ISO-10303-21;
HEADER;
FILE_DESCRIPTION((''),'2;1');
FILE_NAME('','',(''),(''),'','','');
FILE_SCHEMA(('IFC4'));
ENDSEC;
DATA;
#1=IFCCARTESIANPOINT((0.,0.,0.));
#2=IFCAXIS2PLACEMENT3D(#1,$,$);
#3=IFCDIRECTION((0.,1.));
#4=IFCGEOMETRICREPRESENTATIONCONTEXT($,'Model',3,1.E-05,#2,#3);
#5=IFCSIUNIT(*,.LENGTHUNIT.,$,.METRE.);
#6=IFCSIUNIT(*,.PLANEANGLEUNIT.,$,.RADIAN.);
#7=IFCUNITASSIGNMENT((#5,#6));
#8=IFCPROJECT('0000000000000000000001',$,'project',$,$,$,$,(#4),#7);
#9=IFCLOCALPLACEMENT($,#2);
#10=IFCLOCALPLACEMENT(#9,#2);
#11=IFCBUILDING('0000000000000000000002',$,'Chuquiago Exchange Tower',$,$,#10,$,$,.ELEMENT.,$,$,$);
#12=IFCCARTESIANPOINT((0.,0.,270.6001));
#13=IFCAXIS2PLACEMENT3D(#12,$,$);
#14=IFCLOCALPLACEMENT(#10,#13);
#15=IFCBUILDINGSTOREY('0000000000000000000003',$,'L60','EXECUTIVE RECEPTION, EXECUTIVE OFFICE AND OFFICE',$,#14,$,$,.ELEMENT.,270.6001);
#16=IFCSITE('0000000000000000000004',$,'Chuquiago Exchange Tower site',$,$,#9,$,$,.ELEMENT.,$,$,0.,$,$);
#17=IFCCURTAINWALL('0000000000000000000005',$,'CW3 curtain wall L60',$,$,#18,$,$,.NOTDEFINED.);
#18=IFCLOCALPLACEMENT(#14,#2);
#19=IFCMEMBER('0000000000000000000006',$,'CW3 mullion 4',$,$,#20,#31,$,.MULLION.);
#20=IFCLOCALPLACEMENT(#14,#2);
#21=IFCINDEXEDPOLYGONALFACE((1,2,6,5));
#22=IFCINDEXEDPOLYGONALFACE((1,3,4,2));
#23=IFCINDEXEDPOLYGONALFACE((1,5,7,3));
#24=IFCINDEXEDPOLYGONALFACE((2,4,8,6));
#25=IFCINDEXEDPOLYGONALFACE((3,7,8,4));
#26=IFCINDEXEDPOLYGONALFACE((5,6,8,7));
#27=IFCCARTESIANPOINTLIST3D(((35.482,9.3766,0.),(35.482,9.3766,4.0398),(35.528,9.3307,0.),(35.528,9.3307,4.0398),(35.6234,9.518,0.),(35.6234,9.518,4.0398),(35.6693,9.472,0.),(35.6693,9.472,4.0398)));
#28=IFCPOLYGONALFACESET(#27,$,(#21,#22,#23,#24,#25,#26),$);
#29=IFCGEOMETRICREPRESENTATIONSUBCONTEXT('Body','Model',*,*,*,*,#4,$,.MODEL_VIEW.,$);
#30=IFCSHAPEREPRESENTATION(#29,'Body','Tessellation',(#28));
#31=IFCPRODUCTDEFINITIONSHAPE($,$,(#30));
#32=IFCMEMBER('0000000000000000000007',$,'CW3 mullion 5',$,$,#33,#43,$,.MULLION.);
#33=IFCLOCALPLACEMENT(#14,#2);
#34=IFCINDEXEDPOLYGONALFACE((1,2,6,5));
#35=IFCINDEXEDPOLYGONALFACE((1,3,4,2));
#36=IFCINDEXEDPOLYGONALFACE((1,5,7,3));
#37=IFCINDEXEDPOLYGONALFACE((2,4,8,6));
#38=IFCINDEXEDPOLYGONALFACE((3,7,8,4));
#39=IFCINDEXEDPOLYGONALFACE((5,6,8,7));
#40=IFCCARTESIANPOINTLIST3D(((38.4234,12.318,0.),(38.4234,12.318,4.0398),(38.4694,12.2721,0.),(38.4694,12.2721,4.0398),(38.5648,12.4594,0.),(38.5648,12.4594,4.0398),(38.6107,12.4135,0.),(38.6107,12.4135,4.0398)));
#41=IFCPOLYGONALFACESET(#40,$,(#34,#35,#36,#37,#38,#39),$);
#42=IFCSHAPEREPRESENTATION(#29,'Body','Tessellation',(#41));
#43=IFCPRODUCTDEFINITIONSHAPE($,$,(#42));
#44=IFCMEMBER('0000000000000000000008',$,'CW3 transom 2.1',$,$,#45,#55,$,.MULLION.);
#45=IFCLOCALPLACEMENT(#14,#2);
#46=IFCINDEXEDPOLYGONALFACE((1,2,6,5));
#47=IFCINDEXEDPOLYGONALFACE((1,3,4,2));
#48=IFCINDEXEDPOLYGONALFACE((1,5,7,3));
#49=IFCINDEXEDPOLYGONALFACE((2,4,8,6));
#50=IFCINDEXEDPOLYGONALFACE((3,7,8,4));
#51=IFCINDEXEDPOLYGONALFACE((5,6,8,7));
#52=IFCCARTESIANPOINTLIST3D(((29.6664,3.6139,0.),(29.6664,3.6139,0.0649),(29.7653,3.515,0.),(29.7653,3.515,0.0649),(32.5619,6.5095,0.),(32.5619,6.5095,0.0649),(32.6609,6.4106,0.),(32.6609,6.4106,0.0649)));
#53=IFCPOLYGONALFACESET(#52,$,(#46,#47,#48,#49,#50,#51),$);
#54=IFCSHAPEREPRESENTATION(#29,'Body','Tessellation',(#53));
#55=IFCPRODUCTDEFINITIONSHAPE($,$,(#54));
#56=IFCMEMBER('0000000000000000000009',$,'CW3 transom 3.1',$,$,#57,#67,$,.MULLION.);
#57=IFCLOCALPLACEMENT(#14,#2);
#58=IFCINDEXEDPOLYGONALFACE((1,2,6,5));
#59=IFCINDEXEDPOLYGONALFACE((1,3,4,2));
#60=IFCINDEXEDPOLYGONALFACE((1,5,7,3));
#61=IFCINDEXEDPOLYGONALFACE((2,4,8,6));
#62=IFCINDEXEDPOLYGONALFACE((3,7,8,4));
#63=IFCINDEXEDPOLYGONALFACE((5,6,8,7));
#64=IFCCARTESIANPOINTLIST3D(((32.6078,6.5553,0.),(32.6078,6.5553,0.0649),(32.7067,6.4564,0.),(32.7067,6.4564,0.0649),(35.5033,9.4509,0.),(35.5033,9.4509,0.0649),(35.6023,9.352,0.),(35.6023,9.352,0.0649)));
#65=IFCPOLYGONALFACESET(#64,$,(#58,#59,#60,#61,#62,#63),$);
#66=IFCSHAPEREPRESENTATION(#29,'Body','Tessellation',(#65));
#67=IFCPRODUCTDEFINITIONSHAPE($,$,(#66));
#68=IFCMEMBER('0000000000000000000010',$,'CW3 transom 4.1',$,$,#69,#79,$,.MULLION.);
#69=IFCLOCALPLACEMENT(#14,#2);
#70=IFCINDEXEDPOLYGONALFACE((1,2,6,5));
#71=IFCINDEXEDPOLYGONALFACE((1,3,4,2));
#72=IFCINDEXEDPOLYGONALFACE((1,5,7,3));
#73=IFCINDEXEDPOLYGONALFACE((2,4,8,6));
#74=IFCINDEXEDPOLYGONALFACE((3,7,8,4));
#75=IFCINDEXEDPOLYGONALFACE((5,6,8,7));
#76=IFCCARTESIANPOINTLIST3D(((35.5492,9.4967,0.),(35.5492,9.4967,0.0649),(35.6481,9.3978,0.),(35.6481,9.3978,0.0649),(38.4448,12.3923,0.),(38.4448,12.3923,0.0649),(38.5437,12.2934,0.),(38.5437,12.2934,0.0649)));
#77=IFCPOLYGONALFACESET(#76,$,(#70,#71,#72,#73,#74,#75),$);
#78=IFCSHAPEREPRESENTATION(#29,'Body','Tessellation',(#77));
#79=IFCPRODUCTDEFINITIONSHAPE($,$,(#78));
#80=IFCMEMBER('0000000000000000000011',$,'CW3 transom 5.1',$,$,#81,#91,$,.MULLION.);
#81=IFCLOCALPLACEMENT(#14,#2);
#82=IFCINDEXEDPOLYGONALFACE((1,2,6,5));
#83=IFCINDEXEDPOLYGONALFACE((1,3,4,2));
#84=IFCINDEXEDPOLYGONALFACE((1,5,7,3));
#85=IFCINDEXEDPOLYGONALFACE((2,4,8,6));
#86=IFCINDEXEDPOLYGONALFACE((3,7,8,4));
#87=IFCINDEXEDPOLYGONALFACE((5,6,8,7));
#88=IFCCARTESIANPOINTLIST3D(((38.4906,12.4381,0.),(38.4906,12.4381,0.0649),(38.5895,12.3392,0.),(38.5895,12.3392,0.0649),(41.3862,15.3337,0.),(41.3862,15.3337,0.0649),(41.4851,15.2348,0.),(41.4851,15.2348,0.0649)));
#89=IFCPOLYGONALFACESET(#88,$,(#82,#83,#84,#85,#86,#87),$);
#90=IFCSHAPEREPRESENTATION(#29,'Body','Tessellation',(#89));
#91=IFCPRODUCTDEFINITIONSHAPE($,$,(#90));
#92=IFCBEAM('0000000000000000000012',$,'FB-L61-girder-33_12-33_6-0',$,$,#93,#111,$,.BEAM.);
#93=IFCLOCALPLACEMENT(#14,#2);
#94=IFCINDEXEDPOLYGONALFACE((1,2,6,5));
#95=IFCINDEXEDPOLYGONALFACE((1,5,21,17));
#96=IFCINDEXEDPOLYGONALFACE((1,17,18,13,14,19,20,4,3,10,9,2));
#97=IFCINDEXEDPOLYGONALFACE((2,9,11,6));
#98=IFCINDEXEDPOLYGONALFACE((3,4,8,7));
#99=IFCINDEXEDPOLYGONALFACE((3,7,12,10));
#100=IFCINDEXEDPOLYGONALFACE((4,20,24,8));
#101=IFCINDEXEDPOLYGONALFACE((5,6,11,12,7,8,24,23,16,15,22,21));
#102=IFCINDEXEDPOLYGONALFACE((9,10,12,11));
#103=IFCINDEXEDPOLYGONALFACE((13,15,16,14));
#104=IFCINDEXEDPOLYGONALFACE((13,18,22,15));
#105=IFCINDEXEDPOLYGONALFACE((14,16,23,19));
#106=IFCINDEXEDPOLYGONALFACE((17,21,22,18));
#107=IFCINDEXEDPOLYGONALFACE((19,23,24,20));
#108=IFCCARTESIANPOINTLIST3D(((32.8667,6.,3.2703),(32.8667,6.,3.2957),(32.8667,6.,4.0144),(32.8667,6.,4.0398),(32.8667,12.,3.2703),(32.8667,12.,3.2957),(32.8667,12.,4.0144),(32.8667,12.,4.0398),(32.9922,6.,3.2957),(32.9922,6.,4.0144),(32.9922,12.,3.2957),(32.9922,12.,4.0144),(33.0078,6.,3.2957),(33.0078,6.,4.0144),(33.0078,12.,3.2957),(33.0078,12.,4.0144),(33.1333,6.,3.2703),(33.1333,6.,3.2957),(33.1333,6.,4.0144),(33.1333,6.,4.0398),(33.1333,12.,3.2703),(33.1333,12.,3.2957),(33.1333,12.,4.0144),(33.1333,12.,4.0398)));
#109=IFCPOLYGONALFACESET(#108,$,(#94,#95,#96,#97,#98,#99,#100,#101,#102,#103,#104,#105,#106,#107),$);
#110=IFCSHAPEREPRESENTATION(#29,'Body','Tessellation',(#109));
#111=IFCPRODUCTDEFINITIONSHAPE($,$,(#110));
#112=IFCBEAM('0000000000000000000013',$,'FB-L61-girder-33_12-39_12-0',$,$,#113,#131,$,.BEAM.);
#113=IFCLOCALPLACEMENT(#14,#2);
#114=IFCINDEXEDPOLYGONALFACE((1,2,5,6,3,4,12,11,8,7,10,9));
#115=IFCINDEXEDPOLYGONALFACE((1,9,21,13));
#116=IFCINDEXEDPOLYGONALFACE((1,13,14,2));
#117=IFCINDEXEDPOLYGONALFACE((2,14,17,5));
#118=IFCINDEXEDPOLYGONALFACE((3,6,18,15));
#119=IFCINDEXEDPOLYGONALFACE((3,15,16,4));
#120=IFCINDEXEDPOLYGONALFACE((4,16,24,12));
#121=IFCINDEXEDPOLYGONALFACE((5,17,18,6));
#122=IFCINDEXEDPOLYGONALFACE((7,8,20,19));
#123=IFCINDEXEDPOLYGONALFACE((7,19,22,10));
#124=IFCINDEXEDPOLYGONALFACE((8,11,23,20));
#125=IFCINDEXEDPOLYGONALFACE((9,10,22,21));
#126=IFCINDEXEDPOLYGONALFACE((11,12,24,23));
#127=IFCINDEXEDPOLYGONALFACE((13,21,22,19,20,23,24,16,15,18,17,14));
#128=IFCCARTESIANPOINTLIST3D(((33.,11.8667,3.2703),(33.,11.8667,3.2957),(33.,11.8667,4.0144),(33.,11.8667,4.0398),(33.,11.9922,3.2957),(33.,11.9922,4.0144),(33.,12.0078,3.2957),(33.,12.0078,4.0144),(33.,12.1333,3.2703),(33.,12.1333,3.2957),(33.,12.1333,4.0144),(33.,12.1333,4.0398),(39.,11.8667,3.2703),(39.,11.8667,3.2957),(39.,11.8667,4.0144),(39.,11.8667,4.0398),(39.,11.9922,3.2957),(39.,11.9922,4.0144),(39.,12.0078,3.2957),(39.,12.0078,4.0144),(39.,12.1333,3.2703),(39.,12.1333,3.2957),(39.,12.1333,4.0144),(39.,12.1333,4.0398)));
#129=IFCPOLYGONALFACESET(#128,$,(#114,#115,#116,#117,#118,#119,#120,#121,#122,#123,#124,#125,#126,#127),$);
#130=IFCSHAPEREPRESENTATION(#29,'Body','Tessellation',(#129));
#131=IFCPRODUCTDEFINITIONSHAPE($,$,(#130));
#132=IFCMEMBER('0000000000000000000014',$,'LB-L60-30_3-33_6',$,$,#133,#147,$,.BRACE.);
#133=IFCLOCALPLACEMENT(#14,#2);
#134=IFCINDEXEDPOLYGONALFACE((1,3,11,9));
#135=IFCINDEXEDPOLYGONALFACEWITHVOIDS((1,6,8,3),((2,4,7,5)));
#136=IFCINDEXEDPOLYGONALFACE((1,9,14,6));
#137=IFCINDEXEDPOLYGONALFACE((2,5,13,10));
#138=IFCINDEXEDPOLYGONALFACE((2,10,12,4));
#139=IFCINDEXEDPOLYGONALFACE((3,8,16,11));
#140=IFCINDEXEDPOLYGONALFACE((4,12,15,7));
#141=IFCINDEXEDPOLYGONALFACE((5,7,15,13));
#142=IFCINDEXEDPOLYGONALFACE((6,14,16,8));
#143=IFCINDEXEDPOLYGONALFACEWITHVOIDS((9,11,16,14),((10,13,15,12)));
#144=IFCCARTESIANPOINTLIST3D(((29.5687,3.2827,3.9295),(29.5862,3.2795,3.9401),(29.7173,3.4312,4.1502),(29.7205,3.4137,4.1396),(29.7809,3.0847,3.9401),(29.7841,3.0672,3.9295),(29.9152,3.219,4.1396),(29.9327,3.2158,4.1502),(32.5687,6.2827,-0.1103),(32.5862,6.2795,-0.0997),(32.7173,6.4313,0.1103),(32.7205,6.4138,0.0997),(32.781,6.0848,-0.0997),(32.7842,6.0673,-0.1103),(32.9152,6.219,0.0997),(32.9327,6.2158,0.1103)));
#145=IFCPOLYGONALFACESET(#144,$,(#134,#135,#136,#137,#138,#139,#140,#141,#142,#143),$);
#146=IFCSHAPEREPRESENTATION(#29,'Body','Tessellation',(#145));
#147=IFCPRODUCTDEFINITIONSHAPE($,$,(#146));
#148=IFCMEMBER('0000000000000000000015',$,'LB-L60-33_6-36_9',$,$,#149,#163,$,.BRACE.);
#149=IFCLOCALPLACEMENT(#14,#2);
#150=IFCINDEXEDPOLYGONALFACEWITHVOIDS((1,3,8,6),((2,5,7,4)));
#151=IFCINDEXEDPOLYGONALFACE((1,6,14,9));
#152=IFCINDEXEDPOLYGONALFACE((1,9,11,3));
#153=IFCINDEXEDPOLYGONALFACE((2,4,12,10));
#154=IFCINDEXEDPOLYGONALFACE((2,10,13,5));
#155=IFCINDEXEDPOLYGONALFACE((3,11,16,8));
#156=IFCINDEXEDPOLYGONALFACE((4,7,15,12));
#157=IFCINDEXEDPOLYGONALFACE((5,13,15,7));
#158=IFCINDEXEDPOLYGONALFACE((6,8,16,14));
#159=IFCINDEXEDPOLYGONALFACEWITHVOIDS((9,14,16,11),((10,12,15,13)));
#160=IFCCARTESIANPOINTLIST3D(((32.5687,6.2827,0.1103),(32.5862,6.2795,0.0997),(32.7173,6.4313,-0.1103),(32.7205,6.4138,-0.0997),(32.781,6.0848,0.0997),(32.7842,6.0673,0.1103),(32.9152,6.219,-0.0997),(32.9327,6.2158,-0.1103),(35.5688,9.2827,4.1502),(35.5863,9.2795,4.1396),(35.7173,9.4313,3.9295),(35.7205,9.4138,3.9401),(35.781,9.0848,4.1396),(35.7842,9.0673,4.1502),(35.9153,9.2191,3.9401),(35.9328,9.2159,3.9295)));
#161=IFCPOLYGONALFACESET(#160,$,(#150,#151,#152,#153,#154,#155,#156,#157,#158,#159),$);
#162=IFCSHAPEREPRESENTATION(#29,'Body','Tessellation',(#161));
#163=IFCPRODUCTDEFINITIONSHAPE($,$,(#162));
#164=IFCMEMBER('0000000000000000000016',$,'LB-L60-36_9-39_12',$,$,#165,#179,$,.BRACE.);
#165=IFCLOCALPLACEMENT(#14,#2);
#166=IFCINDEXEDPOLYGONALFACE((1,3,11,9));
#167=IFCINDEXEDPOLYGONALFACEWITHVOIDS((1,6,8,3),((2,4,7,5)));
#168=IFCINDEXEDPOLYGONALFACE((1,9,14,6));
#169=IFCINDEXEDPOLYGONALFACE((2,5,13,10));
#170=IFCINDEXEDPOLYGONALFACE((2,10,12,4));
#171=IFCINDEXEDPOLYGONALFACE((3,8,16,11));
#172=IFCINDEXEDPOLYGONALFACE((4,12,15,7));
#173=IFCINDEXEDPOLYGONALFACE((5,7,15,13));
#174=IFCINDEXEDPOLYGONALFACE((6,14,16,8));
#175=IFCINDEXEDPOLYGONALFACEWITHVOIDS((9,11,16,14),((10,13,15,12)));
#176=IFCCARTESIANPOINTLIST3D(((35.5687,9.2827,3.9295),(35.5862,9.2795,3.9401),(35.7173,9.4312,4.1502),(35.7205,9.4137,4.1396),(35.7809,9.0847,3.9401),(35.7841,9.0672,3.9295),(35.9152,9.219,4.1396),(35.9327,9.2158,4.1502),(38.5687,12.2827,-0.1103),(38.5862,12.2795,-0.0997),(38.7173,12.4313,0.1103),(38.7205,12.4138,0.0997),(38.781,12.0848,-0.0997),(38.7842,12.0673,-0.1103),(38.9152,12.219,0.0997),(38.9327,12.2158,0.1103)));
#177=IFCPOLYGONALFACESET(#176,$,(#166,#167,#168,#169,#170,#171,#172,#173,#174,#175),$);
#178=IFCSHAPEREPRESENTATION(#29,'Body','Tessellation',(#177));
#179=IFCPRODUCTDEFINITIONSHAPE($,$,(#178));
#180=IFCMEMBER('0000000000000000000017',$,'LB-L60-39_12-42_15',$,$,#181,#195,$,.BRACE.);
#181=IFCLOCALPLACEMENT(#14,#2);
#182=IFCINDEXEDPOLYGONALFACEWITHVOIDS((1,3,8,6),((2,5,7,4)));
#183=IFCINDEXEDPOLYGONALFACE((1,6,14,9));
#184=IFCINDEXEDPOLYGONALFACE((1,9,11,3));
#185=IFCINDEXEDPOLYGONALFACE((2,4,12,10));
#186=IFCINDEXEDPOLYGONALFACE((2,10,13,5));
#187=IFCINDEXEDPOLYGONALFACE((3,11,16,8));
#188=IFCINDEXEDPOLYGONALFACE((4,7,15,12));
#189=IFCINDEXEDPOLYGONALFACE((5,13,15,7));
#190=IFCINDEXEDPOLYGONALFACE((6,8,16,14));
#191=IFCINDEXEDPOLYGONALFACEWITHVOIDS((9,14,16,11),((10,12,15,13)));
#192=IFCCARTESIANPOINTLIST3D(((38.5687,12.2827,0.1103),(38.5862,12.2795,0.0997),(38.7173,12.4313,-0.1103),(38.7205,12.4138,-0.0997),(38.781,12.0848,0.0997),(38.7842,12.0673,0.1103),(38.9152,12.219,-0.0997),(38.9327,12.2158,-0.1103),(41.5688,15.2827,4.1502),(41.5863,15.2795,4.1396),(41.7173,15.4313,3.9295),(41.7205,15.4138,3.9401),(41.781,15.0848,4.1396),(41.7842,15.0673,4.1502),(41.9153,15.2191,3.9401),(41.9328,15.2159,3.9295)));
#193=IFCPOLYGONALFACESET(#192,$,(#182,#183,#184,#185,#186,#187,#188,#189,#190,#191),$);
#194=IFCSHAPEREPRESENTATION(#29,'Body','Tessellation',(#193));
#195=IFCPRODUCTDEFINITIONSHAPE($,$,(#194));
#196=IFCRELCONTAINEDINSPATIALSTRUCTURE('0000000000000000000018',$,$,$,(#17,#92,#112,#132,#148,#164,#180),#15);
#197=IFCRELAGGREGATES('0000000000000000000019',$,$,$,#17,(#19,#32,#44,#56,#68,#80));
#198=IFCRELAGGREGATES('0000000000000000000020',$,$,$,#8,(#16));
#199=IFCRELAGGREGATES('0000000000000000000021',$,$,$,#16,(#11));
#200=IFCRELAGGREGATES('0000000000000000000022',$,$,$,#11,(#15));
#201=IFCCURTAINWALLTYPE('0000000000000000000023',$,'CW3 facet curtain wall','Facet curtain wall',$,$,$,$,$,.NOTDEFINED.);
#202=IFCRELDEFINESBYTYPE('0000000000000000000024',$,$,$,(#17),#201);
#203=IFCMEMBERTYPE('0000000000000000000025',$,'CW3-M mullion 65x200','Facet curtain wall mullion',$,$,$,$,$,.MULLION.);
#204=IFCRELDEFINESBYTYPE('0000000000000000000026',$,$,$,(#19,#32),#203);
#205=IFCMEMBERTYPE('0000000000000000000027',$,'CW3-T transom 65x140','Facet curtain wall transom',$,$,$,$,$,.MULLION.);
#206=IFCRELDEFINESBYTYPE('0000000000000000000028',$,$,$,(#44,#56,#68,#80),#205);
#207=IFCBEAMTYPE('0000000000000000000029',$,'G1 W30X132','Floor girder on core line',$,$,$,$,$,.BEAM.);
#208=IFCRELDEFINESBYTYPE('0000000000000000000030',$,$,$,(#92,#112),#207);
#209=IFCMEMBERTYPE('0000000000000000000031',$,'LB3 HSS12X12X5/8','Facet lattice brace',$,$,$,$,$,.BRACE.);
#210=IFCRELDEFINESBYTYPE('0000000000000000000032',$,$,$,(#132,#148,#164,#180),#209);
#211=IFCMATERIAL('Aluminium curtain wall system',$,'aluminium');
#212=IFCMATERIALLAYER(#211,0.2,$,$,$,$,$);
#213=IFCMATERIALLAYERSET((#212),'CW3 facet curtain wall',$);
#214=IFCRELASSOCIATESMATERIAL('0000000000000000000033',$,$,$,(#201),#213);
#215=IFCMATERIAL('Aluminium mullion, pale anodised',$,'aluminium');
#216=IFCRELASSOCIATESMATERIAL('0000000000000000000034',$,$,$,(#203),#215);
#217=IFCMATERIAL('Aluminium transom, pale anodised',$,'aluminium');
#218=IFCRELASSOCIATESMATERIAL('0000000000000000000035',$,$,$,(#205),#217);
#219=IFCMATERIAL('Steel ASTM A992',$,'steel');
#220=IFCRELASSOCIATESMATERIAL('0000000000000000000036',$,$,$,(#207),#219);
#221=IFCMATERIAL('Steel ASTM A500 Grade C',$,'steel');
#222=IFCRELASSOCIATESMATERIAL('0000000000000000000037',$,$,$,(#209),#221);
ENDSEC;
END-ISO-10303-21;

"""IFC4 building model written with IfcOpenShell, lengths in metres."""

from ifc_helpers import new_model, si_unit, direction, frame, origin, origin_2d, place, context, subcontext, project, spatial, rectangle, hollow_rectangle, i_section, extrude, material, layer, layer_set, material_profile, profile_set, type_object, element, aggregate, save


model = new_model("IFC4")

# Units and contexts
model_context = context("Model", 3, precision=1e-05, world=origin(), true_north=direction((0.0, 1.0)))
body_context = subcontext(model_context, "Body", "Model", "MODEL_VIEW")
ifc_project = project(units=[si_unit("LENGTHUNIT", "METRE"), si_unit("PLANEANGLEUNIT", "RADIAN")], contexts=[model_context])

# Site, building, storey
site_placement = place(None, origin())
site = spatial("IfcSite", under=ifc_project, at=site_placement, Name="Chuquiago Exchange Tower site", CompositionType="ELEMENT", RefElevation=0.0)
building_placement = place(site_placement, origin())
building = spatial("IfcBuilding", under=site, at=building_placement, Name="Chuquiago Exchange Tower", CompositionType="ELEMENT")
storey_placement = place(building_placement, frame((0.0, 0.0, 270.6001)))
storey = spatial("IfcBuildingStorey", under=building, at=storey_placement, Name="L60", Description="EXECUTIVE RECEPTION, EXECUTIVE OFFICE AND OFFICE", CompositionType="ELEMENT", Elevation=270.6001)

# Curtain wall, members
ifc_material_1 = material(Name="Aluminium curtain wall system", Category="aluminium")
ifc_layer_1 = layer(ifc_material_1, 0.2)
ifc_layer_set_1 = layer_set([ifc_layer_1], Name="CW3 facet curtain wall")
curtain_wall_type = type_object("IfcCurtainWallType", Name="CW3 facet curtain wall", Description="Facet curtain wall", PredefinedType="NOTDEFINED", material=ifc_layer_set_1)
curtain_wall_placement = place(storey_placement, origin())
curtain_wall = element("IfcCurtainWall", 1, at=curtain_wall_placement, inside=storey, type_object=curtain_wall_type, Name="CW3 curtain wall L60", PredefinedType="NOTDEFINED")
ifc_material_2 = material(Name="Aluminium mullion, pale anodised", Category="aluminium")
ifc_material_profile_1 = material_profile(ifc_material_2, rectangle(XDim=0.0649, YDim=0.2, at=origin_2d()), Name="AL 65x200")
ifc_profile_set_1 = profile_set([ifc_material_profile_1], Name="Aluminium mullion, pale anodised")
member_type_1 = type_object("IfcMemberType", Name="CW3-M mullion 65x200", Description="Facet curtain wall mullion", PredefinedType="MULLION", material=ifc_profile_set_1)
member_1_placement = place(storey_placement, frame((35.5757, 9.4243, 0.0), z_axis=(0.0, 0.0, 1.0), x_axis=(-0.707107, 0.707107, 0.0)))
member_1 = element("IfcMember", 2, at=member_1_placement, type_object=member_type_1, Name="CW3 mullion 4", PredefinedType="MULLION", context=body_context, shape_type="SweptSolid", body=[
    extrude(rectangle(XDim=0.0649, YDim=0.2, at=origin_2d()), origin(), (0.0, 0.0, 1.0), 4.0398),
])
member_2_placement = place(storey_placement, frame((38.5171, 12.3657, 0.0), z_axis=(0.0, 0.0, 1.0), x_axis=(-0.707107, 0.707107, 0.0)))
member_2 = element("IfcMember", 3, at=member_2_placement, type_object=member_type_1, Name="CW3 mullion 5", PredefinedType="MULLION", context=body_context, shape_type="SweptSolid", body=[
    extrude(rectangle(XDim=0.0649, YDim=0.2, at=origin_2d()), origin(), (0.0, 0.0, 1.0), 4.0398),
])
ifc_material_3 = material(Name="Aluminium transom, pale anodised", Category="aluminium")
ifc_material_profile_2 = material_profile(ifc_material_3, rectangle(XDim=0.1399, YDim=0.0649, at=origin_2d()), Name="AL 140x65")
ifc_profile_set_2 = profile_set([ifc_material_profile_2], Name="Aluminium transom, pale anodised")
member_type_2 = type_object("IfcMemberType", Name="CW3-T transom 65x140", Description="Facet curtain wall transom", PredefinedType="MULLION", material=ifc_profile_set_2)
member_3_placement = place(storey_placement, frame((29.7158, 3.5645, 0.0325), z_axis=(0.707107, 0.707107, 0.0), x_axis=(-0.707107, 0.707107, 0.0)))
member_3 = element("IfcMember", 4, at=member_3_placement, type_object=member_type_2, Name="CW3 transom 2.1", PredefinedType="MULLION", context=body_context, shape_type="SweptSolid", body=[
    extrude(rectangle(XDim=0.1399, YDim=0.0649, at=origin_2d()), origin(), (0.0, 0.0, 1.0), 4.095),
])
member_4_placement = place(storey_placement, frame((32.6572, 6.5059, 0.0325), z_axis=(0.707107, 0.707107, 0.0), x_axis=(-0.707107, 0.707107, 0.0)))
member_4 = element("IfcMember", 5, at=member_4_placement, type_object=member_type_2, Name="CW3 transom 3.1", PredefinedType="MULLION", context=body_context, shape_type="SweptSolid", body=[
    extrude(rectangle(XDim=0.1399, YDim=0.0649, at=origin_2d()), origin(), (0.0, 0.0, 1.0), 4.095),
])
member_5_placement = place(storey_placement, frame((35.5986, 9.4473, 0.0325), z_axis=(0.707107, 0.707107, 0.0), x_axis=(-0.707107, 0.707107, 0.0)))
member_5 = element("IfcMember", 6, at=member_5_placement, type_object=member_type_2, Name="CW3 transom 4.1", PredefinedType="MULLION", context=body_context, shape_type="SweptSolid", body=[
    extrude(rectangle(XDim=0.1399, YDim=0.0649, at=origin_2d()), origin(), (0.0, 0.0, 1.0), 4.095),
])
member_6_placement = place(storey_placement, frame((38.54, 12.3887, 0.0325), z_axis=(0.707107, 0.707107, 0.0), x_axis=(-0.707107, 0.707107, 0.0)))
member_6 = element("IfcMember", 7, at=member_6_placement, type_object=member_type_2, Name="CW3 transom 5.1", PredefinedType="MULLION", context=body_context, shape_type="SweptSolid", body=[
    extrude(rectangle(XDim=0.1399, YDim=0.0649, at=origin_2d()), origin(), (0.0, 0.0, 1.0), 4.095),
])

# Beams
ifc_material_4 = material(Name="Steel ASTM A992", Category="steel")
ifc_material_profile_3 = material_profile(ifc_material_4, i_section(OverallWidth=0.2666, OverallDepth=0.7695, WebThickness=0.0156, FlangeThickness=0.0254, at=origin_2d()), Name="W30X132")
ifc_profile_set_3 = profile_set([ifc_material_profile_3], Name="Steel ASTM A992")
beam_type_1 = type_object("IfcBeamType", Name="G1 W30X132", Description="Floor girder on core line", PredefinedType="BEAM", material=ifc_profile_set_3)
for number, where, z_axis, x_axis, name in (
    (8, (33.0, 12.0, 3.655), (0.0, -1.0, 0.0), (1.0, 0.0, 0.0), "FB-L61-girder-33_12-33_6-0"),
    (9, (33.0, 12.0, 3.655), (1.0, 0.0, 0.0), (0.0, 1.0, 0.0), "FB-L61-girder-33_12-39_12-0"),
):
    element("IfcBeam", number, at=place(storey_placement, frame(where, z_axis=z_axis, x_axis=x_axis)), inside=storey, type_object=beam_type_1, Name=name, PredefinedType="BEAM", context=body_context, shape_type="SweptSolid", body=[
        extrude(i_section(OverallWidth=0.2666, OverallDepth=0.7695, WebThickness=0.0156, FlangeThickness=0.0254, at=origin_2d()), origin(), (0.0, 0.0, 1.0), 6.0),
    ])

# Members
ifc_material_5 = material(Name="Steel ASTM A500 Grade C", Category="steel")
ifc_material_profile_4 = material_profile(ifc_material_5, hollow_rectangle(XDim=0.3047, YDim=0.3047, WallThickness=0.0146, at=origin_2d()), Name="HSS12X12X5/8")
ifc_profile_set_4 = profile_set([ifc_material_profile_4], Name="Steel ASTM A500 Grade C")
member_type_3 = type_object("IfcMemberType", Name="LB3 HSS12X12X5/8", Description="Facet lattice brace", PredefinedType="BRACE", material=ifc_profile_set_4)
for number, where, z_axis, x_axis, name in (
    (10, (32.7507, 6.2493, 0.0), (-0.512092, -0.512092, 0.689582), (0.707107, -0.707107, 0.0), "LB-L60-30_3-33_6"),
    (11, (32.7507, 6.2493, 0.0), (0.512092, 0.512092, 0.689582), (-0.707107, 0.707107, 0.0), "LB-L60-33_6-36_9"),
    (12, (38.7507, 12.2493, 0.0), (-0.512092, -0.512092, 0.689582), (0.707107, -0.707107, 0.0), "LB-L60-36_9-39_12"),
    (13, (38.7507, 12.2493, 0.0), (0.512092, 0.512092, 0.689582), (-0.707107, 0.707107, 0.0), "LB-L60-39_12-42_15"),
):
    element("IfcMember", number, at=place(storey_placement, frame(where, z_axis=z_axis, x_axis=x_axis)), inside=storey, type_object=member_type_3, Name=name, PredefinedType="BRACE", context=body_context, shape_type="SweptSolid", body=[
        extrude(hollow_rectangle(XDim=0.3047, YDim=0.3047, WallThickness=0.0146, at=origin_2d()), origin(), (0.0, 0.0, 1.0), 5.8584),
    ])

aggregate(curtain_wall, [member_1, member_2, member_3, member_4, member_5, member_6])

save(model, "model.ifc")
